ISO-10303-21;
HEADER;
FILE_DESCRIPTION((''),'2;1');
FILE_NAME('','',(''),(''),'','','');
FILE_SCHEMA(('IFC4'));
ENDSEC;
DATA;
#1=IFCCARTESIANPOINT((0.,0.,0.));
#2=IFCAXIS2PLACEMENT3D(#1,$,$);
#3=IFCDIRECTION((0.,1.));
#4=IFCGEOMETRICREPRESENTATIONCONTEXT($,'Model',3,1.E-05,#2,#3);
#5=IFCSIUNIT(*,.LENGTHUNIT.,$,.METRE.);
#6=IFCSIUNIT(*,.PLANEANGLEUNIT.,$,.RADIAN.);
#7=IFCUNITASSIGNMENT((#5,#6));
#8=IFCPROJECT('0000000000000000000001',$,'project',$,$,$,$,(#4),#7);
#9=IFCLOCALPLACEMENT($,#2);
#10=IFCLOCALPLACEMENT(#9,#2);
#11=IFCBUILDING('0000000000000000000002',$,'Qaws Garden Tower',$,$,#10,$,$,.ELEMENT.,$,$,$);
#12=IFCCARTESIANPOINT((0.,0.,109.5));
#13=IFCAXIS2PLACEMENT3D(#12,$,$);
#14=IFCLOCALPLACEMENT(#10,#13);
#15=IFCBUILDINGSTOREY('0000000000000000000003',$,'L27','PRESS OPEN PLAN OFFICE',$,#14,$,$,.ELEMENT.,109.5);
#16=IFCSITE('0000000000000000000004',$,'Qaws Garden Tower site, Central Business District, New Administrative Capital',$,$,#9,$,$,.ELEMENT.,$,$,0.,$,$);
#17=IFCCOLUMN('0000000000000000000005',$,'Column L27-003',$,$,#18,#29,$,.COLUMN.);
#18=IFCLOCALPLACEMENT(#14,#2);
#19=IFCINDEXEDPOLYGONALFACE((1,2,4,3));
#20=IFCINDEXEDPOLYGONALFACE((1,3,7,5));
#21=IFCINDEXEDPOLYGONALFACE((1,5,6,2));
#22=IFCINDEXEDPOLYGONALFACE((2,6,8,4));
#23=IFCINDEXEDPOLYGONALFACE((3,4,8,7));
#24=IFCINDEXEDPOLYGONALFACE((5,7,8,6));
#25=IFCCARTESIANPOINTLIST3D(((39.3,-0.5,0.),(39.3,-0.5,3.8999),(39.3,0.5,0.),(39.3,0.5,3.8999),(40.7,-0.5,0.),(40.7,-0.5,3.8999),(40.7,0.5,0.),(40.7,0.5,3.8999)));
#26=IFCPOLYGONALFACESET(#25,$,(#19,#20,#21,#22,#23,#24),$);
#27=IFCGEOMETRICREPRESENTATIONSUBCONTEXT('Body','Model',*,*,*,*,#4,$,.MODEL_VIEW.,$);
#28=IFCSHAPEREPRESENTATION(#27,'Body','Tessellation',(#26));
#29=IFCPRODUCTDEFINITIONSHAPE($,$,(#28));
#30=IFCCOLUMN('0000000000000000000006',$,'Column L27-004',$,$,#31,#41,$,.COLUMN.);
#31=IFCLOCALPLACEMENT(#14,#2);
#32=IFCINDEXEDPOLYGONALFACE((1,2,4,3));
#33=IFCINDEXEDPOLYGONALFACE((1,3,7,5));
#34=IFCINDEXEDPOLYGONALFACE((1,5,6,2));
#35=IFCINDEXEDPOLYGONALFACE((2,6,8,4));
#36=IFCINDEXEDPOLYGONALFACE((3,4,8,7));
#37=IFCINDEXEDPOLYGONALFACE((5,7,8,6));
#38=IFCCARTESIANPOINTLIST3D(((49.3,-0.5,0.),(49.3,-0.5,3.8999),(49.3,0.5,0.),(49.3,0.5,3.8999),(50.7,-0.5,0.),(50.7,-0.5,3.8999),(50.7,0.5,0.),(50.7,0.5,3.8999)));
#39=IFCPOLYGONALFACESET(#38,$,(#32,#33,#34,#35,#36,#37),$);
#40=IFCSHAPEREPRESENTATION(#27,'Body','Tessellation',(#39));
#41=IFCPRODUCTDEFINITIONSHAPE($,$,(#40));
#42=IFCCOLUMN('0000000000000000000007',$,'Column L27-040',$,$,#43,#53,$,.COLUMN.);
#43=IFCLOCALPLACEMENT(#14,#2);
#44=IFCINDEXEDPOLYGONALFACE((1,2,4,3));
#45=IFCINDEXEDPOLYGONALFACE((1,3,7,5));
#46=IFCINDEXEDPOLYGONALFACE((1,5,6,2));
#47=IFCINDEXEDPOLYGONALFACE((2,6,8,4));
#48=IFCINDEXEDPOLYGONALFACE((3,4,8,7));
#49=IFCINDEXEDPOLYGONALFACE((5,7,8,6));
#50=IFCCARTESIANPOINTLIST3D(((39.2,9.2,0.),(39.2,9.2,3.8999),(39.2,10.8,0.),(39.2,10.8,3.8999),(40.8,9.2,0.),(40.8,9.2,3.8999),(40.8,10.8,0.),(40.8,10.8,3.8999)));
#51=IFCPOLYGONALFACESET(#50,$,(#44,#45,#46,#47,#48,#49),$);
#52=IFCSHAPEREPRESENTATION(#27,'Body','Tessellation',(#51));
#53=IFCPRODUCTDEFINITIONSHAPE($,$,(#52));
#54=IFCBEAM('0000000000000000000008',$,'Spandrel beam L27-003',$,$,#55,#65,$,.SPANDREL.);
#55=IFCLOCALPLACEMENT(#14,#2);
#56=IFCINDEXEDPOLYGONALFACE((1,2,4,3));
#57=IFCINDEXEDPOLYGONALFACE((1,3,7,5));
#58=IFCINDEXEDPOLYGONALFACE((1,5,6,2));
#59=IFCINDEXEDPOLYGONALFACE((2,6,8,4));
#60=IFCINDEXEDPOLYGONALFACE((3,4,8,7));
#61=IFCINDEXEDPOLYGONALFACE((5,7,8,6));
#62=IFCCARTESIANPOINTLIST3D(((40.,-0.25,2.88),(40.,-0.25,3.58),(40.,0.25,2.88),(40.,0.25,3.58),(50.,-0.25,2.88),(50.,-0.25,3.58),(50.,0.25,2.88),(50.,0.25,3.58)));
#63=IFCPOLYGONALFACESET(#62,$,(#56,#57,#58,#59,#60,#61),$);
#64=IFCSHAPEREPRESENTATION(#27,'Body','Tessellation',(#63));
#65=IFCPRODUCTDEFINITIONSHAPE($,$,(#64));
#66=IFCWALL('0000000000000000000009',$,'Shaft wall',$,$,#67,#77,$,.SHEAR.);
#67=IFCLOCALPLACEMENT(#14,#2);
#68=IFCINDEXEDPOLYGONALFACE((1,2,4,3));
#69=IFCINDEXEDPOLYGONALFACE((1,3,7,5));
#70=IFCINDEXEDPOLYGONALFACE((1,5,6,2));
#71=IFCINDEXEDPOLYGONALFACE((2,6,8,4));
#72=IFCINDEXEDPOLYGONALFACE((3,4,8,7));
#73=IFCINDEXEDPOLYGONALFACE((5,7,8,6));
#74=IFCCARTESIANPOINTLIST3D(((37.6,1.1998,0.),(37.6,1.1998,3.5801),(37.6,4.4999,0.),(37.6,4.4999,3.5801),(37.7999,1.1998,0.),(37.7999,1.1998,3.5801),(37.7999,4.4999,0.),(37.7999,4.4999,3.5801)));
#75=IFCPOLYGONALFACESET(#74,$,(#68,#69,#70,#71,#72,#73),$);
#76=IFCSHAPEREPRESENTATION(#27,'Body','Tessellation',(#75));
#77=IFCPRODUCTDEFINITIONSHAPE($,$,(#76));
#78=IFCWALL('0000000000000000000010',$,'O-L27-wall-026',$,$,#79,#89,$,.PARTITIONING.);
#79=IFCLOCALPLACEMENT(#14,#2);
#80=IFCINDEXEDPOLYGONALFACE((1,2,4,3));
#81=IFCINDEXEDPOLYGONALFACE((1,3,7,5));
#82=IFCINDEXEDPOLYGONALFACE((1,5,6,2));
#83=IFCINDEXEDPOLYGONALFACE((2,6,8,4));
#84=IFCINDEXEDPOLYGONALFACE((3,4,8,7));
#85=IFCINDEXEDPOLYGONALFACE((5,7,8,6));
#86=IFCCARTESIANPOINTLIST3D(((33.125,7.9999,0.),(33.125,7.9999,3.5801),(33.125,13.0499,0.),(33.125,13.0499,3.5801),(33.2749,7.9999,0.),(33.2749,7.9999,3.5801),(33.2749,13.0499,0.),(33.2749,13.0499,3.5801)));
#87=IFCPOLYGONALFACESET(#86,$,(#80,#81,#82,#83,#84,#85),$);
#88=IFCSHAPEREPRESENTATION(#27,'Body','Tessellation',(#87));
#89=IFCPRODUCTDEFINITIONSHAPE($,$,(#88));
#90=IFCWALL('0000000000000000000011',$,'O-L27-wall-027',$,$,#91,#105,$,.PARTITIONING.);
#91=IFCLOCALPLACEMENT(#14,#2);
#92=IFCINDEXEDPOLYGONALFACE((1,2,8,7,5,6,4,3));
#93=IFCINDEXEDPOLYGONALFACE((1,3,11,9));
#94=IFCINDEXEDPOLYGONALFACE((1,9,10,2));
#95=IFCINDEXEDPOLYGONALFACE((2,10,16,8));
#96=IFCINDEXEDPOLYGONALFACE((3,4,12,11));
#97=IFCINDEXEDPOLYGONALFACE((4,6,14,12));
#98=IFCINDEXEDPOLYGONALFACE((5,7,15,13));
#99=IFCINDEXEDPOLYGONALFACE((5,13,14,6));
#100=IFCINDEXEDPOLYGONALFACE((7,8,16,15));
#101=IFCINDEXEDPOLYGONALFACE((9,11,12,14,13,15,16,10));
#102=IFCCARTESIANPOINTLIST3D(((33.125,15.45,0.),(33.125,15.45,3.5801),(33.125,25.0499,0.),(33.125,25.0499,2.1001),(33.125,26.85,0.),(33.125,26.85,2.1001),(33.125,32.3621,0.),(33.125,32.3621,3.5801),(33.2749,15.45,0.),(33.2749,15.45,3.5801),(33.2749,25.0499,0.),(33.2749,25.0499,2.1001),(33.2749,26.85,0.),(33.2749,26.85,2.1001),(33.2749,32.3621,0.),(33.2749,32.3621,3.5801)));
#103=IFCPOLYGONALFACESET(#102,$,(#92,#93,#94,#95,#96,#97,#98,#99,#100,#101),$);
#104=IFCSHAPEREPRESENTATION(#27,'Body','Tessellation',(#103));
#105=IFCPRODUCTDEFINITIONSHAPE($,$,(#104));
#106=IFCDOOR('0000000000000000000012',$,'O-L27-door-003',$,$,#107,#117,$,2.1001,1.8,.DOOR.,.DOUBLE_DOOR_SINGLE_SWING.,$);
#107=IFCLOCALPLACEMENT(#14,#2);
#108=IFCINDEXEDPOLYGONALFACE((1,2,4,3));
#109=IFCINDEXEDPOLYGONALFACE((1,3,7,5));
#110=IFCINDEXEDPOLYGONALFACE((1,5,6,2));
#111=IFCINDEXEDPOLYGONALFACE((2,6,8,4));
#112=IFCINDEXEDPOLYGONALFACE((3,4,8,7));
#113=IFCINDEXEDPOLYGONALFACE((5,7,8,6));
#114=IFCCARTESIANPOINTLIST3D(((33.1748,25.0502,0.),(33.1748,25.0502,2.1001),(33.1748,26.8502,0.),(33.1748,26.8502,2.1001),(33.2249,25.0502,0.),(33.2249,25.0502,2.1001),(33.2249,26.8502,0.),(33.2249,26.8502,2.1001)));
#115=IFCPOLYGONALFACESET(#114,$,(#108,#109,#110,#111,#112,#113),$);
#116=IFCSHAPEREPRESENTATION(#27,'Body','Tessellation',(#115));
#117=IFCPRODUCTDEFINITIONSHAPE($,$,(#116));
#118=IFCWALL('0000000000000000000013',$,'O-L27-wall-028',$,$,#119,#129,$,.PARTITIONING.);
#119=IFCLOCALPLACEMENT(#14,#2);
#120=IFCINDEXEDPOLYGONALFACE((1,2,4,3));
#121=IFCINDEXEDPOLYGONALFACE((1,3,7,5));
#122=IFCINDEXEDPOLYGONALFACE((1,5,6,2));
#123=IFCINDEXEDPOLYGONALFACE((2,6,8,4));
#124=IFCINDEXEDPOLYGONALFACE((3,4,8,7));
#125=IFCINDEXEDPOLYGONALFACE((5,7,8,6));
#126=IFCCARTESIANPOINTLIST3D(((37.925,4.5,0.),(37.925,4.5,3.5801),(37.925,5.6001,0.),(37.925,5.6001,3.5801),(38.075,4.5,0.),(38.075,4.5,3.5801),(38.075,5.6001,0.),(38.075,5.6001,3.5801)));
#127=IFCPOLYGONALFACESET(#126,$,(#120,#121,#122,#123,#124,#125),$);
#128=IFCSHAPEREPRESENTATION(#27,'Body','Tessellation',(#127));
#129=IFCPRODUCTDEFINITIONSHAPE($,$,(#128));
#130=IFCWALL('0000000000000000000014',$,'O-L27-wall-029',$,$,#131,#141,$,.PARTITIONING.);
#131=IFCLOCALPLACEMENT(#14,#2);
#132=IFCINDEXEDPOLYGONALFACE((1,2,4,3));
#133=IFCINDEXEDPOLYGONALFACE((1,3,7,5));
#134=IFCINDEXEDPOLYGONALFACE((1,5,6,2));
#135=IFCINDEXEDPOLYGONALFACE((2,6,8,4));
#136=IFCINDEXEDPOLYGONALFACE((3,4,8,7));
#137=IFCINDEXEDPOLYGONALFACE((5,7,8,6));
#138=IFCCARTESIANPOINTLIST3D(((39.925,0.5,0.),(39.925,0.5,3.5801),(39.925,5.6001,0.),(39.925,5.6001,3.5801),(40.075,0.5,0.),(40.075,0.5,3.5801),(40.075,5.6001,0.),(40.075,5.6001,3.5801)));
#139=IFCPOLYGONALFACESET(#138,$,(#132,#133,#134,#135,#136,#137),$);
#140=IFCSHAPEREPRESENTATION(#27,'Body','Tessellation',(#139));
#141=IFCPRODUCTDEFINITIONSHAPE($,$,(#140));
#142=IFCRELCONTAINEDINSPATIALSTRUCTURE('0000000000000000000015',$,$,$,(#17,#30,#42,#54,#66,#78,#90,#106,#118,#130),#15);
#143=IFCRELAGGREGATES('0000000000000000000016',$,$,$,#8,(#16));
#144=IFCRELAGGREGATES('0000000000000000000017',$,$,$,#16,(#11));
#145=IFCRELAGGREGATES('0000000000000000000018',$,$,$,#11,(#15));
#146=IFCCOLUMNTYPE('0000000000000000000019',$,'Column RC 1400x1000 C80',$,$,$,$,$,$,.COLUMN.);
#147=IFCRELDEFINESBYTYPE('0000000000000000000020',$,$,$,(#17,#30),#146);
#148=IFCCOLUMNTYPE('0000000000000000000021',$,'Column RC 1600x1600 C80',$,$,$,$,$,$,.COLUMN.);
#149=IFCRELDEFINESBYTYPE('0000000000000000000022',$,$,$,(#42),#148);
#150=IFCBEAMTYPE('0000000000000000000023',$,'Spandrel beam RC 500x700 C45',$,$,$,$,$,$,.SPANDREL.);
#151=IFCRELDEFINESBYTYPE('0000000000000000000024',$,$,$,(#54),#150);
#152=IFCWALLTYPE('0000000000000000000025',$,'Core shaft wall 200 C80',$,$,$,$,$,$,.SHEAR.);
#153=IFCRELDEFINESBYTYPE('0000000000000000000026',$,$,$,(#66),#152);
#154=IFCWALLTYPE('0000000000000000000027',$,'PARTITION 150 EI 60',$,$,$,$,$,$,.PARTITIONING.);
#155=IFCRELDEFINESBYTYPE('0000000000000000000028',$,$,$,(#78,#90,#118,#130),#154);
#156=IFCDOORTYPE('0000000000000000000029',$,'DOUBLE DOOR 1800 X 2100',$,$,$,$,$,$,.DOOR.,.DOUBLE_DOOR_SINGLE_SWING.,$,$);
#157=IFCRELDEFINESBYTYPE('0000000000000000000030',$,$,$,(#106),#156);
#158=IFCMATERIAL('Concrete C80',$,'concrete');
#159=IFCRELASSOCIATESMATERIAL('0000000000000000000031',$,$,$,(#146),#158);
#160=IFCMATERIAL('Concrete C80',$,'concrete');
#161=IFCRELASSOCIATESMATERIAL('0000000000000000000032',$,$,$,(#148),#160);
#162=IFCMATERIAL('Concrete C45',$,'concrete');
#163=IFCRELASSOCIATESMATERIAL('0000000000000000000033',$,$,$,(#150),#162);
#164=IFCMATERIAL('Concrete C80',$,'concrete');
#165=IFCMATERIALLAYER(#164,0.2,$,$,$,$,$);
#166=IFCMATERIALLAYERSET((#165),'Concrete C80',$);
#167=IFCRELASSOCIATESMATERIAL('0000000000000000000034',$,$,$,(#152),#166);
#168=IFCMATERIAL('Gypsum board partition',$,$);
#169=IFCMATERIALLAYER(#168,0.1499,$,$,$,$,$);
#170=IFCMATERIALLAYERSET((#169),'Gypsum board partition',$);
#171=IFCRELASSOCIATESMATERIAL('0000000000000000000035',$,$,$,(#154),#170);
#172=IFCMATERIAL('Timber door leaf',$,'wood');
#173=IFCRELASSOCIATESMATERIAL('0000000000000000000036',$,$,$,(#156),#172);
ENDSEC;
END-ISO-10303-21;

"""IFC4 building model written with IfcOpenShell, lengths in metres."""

from ifc_helpers import new_model, si_unit, direction, frame, frame_2d, origin, origin_2d, place, context, subcontext, project, spatial, rectangle, extrude, material, layer, layer_set, material_profile, profile_set, type_object, element, fill, save


model = new_model("IFC4")

# Units and contexts
model_context = context("Model", 3, precision=1e-05, world=origin(), true_north=direction((0.0, 1.0)))
body_context = subcontext(model_context, "Body", "Model", "MODEL_VIEW")
ifc_project = project(units=[si_unit("LENGTHUNIT", "METRE"), si_unit("PLANEANGLEUNIT", "RADIAN")], contexts=[model_context])

# Site, building, storey
site_placement = place(None, origin())
site = spatial("IfcSite", under=ifc_project, at=site_placement, Name="Qaws Garden Tower site, Central Business District, New Administrative Capital", CompositionType="ELEMENT", RefElevation=0.0)
building_placement = place(site_placement, origin())
building = spatial("IfcBuilding", under=site, at=building_placement, Name="Qaws Garden Tower", CompositionType="ELEMENT")
storey_placement = place(building_placement, frame((0.0, 0.0, 109.5)))
storey = spatial("IfcBuildingStorey", under=building, at=storey_placement, Name="L27", Description="PRESS OPEN PLAN OFFICE", CompositionType="ELEMENT", Elevation=109.5)

# Columns
ifc_material_1 = material(Name="Concrete C80", Category="concrete")
ifc_material_profile_1 = material_profile(ifc_material_1, rectangle(XDim=1.3999, YDim=1.0, at=origin_2d()), Name="RC 1400x1000")
ifc_profile_set_1 = profile_set([ifc_material_profile_1], Name="Concrete C80")
column_type_1 = type_object("IfcColumnType", Name="Column RC 1400x1000 C80", PredefinedType="COLUMN", material=ifc_profile_set_1)
for number, where, z_axis, x_axis, name in (
    (1, (40.0, 0.0, 0.0), (0.0, 0.0, 1.0), (1.0, 0.0, 0.0), "Column L27-003"),
    (2, (50.0, 0.0, 0.0), (0.0, 0.0, 1.0), (1.0, 0.0, 0.0), "Column L27-004"),
):
    element("IfcColumn", number, at=place(storey_placement, frame(where, z_axis=z_axis, x_axis=x_axis)), inside=storey, type_object=column_type_1, Name=name, PredefinedType="COLUMN", context=body_context, shape_type="SweptSolid", body=[
        extrude(rectangle(XDim=1.3999, YDim=1.0, at=origin_2d()), origin(), (0.0, 0.0, 1.0), 3.8999),
    ])
ifc_material_2 = material(Name="Concrete C80", Category="concrete")
ifc_material_profile_2 = material_profile(ifc_material_2, rectangle(XDim=1.6001, YDim=1.6001, at=origin_2d()), Name="RC 1600x1600")
ifc_profile_set_2 = profile_set([ifc_material_profile_2], Name="Concrete C80")
column_type_2 = type_object("IfcColumnType", Name="Column RC 1600x1600 C80", PredefinedType="COLUMN", material=ifc_profile_set_2)
column_placement = place(storey_placement, frame((40.0, 10.0, 0.0), z_axis=(0.0, 0.0, 1.0), x_axis=(1.0, 0.0, 0.0)))
element("IfcColumn", 3, at=column_placement, inside=storey, type_object=column_type_2, Name="Column L27-040", PredefinedType="COLUMN", context=body_context, shape_type="SweptSolid", body=[
    extrude(rectangle(XDim=1.6001, YDim=1.6001, at=origin_2d()), origin(), (0.0, 0.0, 1.0), 3.8999),
])

# Beam
ifc_material_3 = material(Name="Concrete C45", Category="concrete")
ifc_material_profile_3 = material_profile(ifc_material_3, rectangle(XDim=0.5, YDim=0.7, at=origin_2d()), Name="RC 500x700")
ifc_profile_set_3 = profile_set([ifc_material_profile_3], Name="Concrete C45")
beam_type = type_object("IfcBeamType", Name="Spandrel beam RC 500x700 C45", PredefinedType="SPANDREL", material=ifc_profile_set_3)
beam_placement = place(storey_placement, frame((40.0, 0.0, 3.23), z_axis=(1.0, 0.0, 0.0), x_axis=(0.0, 1.0, 0.0)))
element("IfcBeam", 4, at=beam_placement, inside=storey, type_object=beam_type, Name="Spandrel beam L27-003", PredefinedType="SPANDREL", context=body_context, shape_type="SweptSolid", body=[
    extrude(rectangle(XDim=0.5, YDim=0.7, at=origin_2d()), origin(), (0.0, 0.0, 1.0), 10.0),
])

# Walls
ifc_material_4 = material(Name="Concrete C80", Category="concrete")
ifc_layer_1 = layer(ifc_material_4, 0.2)
ifc_layer_set_1 = layer_set([ifc_layer_1], Name="Concrete C80")
wall_type_1 = type_object("IfcWallType", Name="Core shaft wall 200 C80", PredefinedType="SHEAR", material=ifc_layer_set_1)
wall_1_placement = place(storey_placement, frame((37.7, 1.2, 0.0), z_axis=(0.0, 0.0, 1.0), x_axis=(0.0, 1.0, 0.0)))
element("IfcWall", 5, at=wall_1_placement, inside=storey, type_object=wall_type_1, Name="Shaft wall", PredefinedType="SHEAR", context=body_context, shape_type="SweptSolid", body=[
    extrude(rectangle(XDim=3.3, YDim=0.2, at=frame_2d((1.6499, 0.0))), origin(), (0.0, 0.0, 1.0), 3.5801),
])
ifc_material_5 = material(Name="Gypsum board partition")
ifc_layer_2 = layer(ifc_material_5, 0.1499)
ifc_layer_set_2 = layer_set([ifc_layer_2], Name="Gypsum board partition")
wall_type_2 = type_object("IfcWallType", Name="PARTITION 150 EI 60", PredefinedType="PARTITIONING", material=ifc_layer_set_2)
wall_2_placement = place(storey_placement, frame((33.2, 8.0, 0.0), z_axis=(0.0, 0.0, 1.0), x_axis=(0.0, 1.0, 0.0)))
element("IfcWall", 6, at=wall_2_placement, inside=storey, type_object=wall_type_2, Name="O-L27-wall-026", PredefinedType="PARTITIONING", context=body_context, shape_type="SweptSolid", body=[
    extrude(rectangle(XDim=5.05, YDim=0.1499, at=frame_2d((2.5249, 0.0))), origin(), (0.0, 0.0, 1.0), 3.5801),
])

# Wall, opening, door
wall_3_placement = place(storey_placement, frame((33.2, 15.45, 0.0), z_axis=(0.0, 0.0, 1.0), x_axis=(0.0, 1.0, 0.0)))
wall_3 = element("IfcWall", 7, at=wall_3_placement, inside=storey, type_object=wall_type_2, Name="O-L27-wall-027", PredefinedType="PARTITIONING", context=body_context, shape_type="SweptSolid", body=[
    extrude(rectangle(XDim=16.9121, YDim=0.1499, at=frame_2d((8.4561, 0.0))), origin(), (0.0, 0.0, 1.0), 3.5801),
])
opening_1_placement = place(wall_3_placement, frame((9.6001, 0.0, 0.0)))
opening_1 = element("IfcOpeningElement", 8, at=opening_1_placement, cuts=wall_3, PredefinedType="OPENING", context=body_context, shape_type="SweptSolid", body=[
    extrude(rectangle(XDim=1.8, YDim=2.1001, at=frame_2d((0.8999, 1.05))), frame((0.0, 0.085, 0.0), z_axis=(0.0, -1.0, 0.0), x_axis=(1.0, 0.0, 0.0)), (0.0, 0.0, 1.0), 0.1699),
])
ifc_material_6 = material(Name="Timber door leaf", Category="wood")
door_type_1 = type_object("IfcDoorType", Name="DOUBLE DOOR 1800 X 2100", OperationType="DOUBLE_DOOR_SINGLE_SWING", PredefinedType="DOOR", material=ifc_material_6)
door_1_placement = place(opening_1_placement, frame((1.8, 0.0, 0.0), z_axis=(0.0, 0.0, 1.0), x_axis=(-1.0, 0.0, 0.0)))
door_1 = element("IfcDoor", 9, at=door_1_placement, inside=storey, type_object=door_type_1, Name="O-L27-door-003", OperationType="DOUBLE_DOOR_SINGLE_SWING", OverallHeight=2.1001, OverallWidth=1.8, PredefinedType="DOOR", context=body_context, shape_type="SweptSolid", body=[
    extrude(rectangle(XDim=1.8, YDim=2.1001, at=frame_2d((0.8999, 1.05))), frame((0.0, 0.0249, 0.0), z_axis=(0.0, -1.0, 0.0), x_axis=(1.0, 0.0, 0.0)), (0.0, 0.0, 1.0), 0.05),
])
fill(opening_1, door_1)

# Walls
wall_4_placement = place(storey_placement, frame((38.0, 4.5, 0.0), z_axis=(0.0, 0.0, 1.0), x_axis=(0.0, 1.0, 0.0)))
element("IfcWall", 10, at=wall_4_placement, inside=storey, type_object=wall_type_2, Name="O-L27-wall-028", PredefinedType="PARTITIONING", context=body_context, shape_type="SweptSolid", body=[
    extrude(rectangle(XDim=1.1001, YDim=0.1499, at=frame_2d((0.55, 0.0))), origin(), (0.0, 0.0, 1.0), 3.5801),
])
wall_5_placement = place(storey_placement, frame((40.0, 0.5, 0.0), z_axis=(0.0, 0.0, 1.0), x_axis=(0.0, 1.0, 0.0)))
element("IfcWall", 11, at=wall_5_placement, inside=storey, type_object=wall_type_2, Name="O-L27-wall-029", PredefinedType="PARTITIONING", context=body_context, shape_type="SweptSolid", body=[
    extrude(rectangle(XDim=5.1001, YDim=0.1499, at=frame_2d((2.55, 0.0))), origin(), (0.0, 0.0, 1.0), 3.5801),
])

save(model, "model.ifc")
